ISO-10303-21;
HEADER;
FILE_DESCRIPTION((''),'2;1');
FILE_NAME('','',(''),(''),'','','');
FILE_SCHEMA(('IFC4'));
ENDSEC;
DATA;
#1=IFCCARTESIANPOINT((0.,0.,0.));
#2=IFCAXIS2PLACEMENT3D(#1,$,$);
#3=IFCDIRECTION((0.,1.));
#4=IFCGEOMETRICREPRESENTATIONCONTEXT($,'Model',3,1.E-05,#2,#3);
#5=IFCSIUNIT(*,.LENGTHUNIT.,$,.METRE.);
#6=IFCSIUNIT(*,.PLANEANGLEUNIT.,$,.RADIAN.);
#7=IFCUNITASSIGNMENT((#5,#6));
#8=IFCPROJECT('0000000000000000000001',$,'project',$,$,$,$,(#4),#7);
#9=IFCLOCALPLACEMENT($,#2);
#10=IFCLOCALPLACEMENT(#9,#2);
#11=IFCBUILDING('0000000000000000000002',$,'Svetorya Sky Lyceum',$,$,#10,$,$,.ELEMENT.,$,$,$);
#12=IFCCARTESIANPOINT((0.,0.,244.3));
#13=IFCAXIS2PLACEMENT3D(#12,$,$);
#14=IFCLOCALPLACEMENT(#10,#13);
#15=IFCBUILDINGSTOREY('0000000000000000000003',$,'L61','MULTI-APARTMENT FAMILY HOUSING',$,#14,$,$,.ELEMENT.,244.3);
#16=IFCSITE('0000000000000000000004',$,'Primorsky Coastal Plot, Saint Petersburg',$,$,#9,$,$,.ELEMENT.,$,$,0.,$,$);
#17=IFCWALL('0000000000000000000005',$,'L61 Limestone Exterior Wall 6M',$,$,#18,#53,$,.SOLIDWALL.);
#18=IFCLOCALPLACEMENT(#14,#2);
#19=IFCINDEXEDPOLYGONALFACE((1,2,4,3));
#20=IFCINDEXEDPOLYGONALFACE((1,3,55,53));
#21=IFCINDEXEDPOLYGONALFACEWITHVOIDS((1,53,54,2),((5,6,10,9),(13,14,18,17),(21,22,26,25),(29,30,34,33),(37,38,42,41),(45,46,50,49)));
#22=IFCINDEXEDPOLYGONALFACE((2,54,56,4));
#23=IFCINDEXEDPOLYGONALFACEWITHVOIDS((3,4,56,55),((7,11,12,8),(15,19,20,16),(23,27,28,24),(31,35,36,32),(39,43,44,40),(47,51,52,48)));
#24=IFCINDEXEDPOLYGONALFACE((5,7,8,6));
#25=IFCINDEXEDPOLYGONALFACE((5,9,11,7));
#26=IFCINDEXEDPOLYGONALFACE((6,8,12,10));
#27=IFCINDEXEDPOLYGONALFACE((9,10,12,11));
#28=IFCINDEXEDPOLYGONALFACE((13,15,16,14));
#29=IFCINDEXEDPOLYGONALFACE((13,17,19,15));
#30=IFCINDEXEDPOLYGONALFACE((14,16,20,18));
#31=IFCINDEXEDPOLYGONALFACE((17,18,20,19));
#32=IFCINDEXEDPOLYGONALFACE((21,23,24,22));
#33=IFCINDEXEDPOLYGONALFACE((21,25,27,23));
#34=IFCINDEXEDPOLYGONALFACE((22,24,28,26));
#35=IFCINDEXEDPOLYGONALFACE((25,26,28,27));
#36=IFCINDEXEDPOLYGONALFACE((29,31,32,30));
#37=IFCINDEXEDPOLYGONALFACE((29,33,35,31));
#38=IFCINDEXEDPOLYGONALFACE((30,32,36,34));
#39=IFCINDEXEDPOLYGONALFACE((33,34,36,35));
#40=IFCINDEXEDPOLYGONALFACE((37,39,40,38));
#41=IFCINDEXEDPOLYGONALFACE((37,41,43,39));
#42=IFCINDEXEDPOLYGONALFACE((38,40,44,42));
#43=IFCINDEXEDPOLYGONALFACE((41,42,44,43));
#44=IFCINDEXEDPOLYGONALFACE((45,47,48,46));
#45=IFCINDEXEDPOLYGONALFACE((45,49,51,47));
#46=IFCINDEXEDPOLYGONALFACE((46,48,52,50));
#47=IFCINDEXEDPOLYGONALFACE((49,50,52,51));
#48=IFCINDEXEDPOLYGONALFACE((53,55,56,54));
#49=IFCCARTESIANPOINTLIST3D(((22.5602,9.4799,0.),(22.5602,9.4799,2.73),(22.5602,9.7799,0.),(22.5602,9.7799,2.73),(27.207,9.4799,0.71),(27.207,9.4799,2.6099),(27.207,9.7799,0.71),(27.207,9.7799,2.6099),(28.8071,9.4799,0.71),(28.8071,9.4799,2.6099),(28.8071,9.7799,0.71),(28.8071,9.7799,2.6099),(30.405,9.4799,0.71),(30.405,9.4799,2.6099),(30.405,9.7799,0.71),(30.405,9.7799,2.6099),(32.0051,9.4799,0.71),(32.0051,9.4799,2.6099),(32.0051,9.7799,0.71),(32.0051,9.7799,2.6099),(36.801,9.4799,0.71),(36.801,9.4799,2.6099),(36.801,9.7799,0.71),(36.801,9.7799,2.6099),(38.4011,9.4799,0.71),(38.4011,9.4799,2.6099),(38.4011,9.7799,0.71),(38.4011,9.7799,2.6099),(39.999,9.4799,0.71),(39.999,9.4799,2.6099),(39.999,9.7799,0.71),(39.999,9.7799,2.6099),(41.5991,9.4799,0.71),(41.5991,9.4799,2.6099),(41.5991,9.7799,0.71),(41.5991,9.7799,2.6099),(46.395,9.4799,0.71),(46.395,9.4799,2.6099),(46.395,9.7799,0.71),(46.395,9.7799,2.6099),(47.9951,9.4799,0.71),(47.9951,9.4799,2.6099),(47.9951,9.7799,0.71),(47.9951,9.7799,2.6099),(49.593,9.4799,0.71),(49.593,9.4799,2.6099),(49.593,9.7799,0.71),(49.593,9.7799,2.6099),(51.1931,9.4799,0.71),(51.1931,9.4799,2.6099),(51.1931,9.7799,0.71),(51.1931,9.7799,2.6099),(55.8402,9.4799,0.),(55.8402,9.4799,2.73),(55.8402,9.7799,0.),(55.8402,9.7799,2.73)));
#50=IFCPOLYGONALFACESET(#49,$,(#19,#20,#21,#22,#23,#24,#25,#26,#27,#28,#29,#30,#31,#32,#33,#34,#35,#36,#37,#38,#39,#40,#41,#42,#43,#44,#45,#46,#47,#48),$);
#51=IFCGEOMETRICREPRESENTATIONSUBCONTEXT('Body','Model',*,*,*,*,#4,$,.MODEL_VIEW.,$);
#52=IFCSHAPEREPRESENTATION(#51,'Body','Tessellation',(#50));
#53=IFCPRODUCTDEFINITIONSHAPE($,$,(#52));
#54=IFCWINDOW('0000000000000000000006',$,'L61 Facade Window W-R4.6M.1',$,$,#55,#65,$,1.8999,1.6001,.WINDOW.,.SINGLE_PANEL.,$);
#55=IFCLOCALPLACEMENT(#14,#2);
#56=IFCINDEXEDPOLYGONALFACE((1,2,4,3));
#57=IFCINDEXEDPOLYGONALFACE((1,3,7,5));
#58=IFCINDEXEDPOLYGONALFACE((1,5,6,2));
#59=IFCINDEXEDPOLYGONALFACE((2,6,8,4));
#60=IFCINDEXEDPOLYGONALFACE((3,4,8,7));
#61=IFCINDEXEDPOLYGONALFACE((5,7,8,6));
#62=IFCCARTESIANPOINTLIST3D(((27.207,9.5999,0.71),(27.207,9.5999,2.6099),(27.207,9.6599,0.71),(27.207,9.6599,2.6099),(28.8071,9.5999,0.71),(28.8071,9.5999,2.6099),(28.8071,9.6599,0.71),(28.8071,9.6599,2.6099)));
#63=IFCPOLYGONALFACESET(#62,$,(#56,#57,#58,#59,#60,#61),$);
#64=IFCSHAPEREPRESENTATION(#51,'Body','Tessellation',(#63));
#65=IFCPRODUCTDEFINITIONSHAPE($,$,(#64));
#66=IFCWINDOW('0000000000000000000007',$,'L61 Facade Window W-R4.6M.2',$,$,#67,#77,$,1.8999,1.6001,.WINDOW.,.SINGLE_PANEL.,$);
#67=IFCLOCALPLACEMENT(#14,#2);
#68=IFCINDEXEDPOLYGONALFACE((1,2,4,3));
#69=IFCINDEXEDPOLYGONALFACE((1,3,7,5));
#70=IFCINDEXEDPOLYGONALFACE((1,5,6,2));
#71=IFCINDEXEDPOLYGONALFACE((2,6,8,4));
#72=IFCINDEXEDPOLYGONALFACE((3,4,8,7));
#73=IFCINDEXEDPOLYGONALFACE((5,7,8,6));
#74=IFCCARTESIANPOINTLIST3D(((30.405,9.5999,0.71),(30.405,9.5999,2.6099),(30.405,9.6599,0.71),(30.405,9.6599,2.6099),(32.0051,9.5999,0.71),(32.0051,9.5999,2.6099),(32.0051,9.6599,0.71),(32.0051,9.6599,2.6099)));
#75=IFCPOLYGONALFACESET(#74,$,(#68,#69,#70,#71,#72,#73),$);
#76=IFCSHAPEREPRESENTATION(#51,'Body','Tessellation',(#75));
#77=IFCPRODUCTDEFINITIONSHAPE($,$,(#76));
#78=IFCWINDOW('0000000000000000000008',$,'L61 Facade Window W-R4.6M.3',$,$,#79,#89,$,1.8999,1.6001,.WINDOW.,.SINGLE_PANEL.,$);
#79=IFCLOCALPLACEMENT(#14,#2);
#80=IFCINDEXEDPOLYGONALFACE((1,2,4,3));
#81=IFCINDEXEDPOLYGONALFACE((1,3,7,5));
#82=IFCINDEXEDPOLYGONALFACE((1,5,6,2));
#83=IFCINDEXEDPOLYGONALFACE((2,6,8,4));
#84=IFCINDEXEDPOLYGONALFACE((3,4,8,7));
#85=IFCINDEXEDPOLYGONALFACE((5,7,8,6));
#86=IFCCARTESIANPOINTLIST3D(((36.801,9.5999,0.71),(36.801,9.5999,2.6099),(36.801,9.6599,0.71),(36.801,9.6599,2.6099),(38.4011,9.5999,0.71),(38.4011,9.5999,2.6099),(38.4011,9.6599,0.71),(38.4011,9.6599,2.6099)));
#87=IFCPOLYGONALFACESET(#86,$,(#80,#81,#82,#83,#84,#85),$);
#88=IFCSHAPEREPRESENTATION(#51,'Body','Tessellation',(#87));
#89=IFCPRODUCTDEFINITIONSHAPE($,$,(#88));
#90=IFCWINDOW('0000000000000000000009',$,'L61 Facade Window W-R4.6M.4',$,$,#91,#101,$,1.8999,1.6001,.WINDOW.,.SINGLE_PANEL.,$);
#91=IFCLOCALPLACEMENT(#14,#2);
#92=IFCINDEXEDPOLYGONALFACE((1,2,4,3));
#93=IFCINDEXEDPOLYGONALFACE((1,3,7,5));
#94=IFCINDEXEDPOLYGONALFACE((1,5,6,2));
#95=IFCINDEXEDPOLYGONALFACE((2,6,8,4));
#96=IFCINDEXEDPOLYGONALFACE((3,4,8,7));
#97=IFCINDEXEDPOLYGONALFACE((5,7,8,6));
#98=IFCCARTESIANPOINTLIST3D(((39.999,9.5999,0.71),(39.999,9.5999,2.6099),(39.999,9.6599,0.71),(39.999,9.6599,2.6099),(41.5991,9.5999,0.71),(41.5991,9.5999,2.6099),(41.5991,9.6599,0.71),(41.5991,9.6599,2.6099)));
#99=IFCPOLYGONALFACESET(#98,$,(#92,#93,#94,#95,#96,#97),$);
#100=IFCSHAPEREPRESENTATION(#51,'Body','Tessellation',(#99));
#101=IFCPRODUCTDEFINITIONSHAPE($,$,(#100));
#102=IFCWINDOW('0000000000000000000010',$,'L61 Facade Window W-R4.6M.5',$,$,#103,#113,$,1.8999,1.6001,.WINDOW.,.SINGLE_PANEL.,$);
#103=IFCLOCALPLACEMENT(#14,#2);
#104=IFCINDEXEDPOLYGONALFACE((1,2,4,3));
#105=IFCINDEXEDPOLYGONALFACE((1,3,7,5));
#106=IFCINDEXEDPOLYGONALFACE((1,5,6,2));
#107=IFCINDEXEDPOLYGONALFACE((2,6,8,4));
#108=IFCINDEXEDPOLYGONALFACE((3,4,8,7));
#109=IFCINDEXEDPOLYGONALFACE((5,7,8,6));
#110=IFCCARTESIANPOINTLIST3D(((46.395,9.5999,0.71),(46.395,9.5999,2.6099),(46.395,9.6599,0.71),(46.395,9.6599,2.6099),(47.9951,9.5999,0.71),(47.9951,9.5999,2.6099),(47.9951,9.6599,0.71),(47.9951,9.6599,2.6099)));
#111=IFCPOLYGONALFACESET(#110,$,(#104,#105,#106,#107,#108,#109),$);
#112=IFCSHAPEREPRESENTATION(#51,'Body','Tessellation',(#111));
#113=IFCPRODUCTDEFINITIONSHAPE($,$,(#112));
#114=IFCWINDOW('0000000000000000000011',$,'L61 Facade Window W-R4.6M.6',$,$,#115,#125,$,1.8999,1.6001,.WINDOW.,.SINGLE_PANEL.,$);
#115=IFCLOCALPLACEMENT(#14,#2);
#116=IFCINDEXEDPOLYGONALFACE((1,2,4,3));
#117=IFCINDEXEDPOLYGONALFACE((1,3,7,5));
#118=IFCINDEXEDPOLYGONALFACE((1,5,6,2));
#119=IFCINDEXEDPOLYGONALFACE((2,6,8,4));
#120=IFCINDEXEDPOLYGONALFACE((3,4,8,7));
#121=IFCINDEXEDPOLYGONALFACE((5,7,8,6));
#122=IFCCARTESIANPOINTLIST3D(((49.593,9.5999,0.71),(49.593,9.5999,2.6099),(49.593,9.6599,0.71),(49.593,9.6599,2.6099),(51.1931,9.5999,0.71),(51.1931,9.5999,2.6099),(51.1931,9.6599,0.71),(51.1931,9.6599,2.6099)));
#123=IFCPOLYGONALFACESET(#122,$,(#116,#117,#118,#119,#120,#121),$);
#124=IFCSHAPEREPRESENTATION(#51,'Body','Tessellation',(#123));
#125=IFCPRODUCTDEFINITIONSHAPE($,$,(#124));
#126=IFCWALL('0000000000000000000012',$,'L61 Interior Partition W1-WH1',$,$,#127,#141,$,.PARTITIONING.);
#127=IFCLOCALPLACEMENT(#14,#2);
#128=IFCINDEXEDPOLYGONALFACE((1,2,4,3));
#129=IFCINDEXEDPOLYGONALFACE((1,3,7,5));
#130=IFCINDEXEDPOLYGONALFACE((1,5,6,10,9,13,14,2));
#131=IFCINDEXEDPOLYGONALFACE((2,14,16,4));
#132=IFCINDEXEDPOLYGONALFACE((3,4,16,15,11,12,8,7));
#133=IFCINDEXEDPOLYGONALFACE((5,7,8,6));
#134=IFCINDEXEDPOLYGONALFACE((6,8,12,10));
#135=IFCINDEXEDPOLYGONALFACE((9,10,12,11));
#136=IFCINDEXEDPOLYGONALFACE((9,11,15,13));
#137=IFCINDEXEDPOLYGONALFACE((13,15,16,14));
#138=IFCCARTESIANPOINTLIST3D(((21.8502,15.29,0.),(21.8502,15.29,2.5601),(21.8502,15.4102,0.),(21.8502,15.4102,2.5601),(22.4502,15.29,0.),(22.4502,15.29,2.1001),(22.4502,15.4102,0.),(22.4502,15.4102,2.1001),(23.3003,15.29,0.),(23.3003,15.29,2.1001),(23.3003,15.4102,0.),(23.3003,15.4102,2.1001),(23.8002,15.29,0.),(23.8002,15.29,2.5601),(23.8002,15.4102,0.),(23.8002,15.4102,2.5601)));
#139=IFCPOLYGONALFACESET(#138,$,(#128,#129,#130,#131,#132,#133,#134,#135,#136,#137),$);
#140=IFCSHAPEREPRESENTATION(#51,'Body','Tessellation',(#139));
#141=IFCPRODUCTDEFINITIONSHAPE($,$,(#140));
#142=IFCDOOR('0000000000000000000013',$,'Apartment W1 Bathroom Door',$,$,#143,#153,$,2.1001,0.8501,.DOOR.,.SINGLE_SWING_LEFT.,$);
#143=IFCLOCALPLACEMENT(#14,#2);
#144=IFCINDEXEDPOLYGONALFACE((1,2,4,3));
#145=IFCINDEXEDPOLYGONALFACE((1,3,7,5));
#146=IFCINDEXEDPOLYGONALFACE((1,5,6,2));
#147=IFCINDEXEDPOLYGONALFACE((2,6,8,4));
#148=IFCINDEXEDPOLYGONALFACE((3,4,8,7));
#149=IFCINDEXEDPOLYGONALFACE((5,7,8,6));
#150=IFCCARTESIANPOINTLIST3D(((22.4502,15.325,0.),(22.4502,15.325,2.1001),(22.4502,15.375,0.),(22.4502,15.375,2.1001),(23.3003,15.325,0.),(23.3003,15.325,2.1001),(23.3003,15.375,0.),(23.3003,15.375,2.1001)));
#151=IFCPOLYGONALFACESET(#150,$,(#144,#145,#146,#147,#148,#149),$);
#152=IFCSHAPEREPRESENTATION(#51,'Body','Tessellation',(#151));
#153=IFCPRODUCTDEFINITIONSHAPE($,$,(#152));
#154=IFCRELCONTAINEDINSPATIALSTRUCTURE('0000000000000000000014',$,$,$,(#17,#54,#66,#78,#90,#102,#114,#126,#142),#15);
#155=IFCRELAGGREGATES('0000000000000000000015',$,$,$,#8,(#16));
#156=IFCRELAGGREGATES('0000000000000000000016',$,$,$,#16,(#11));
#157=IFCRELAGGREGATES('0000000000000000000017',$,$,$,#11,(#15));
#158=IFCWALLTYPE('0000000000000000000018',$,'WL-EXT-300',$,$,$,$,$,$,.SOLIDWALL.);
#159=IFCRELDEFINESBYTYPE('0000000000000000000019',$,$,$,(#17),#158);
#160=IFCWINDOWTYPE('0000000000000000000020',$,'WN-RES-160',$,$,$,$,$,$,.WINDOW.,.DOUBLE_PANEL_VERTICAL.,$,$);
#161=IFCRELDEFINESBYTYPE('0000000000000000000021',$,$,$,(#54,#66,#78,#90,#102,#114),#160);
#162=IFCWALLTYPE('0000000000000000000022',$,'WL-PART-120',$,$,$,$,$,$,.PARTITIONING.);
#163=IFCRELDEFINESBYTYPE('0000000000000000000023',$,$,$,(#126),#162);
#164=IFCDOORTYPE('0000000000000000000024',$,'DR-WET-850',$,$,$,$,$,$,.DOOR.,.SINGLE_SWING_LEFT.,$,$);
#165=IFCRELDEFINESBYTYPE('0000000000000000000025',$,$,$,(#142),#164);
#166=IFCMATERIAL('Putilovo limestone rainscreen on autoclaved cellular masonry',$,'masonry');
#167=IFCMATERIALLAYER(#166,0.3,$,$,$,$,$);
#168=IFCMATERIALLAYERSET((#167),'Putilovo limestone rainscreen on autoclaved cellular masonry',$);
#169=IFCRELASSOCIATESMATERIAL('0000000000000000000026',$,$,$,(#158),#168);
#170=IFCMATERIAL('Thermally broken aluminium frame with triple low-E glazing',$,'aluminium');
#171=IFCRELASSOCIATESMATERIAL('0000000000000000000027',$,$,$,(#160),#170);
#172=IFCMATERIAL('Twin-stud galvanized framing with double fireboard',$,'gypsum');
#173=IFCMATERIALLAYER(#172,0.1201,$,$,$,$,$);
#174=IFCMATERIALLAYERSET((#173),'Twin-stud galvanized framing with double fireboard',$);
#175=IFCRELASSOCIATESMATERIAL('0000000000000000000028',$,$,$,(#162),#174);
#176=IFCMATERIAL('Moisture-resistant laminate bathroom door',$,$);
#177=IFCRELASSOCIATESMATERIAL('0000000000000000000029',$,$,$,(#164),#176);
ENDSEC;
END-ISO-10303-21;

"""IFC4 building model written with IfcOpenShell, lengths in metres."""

from ifc_helpers import new_model, si_unit, direction, frame, frame_2d, origin, place, context, subcontext, project, spatial, rectangle, extrude, material, layer, layer_set, type_object, element, fill, save


model = new_model("IFC4")

# Units and contexts
model_context = context("Model", 3, precision=1e-05, world=origin(), true_north=direction((0.0, 1.0)))
body_context = subcontext(model_context, "Body", "Model", "MODEL_VIEW")
ifc_project = project(units=[si_unit("LENGTHUNIT", "METRE"), si_unit("PLANEANGLEUNIT", "RADIAN")], contexts=[model_context])

# Site, building, storey
site_placement = place(None, origin())
site = spatial("IfcSite", under=ifc_project, at=site_placement, Name="Primorsky Coastal Plot, Saint Petersburg", CompositionType="ELEMENT", RefElevation=0.0)
building_placement = place(site_placement, origin())
building = spatial("IfcBuilding", under=site, at=building_placement, Name="Svetorya Sky Lyceum", CompositionType="ELEMENT")
storey_placement = place(building_placement, frame((0.0, 0.0, 244.3)))
storey = spatial("IfcBuildingStorey", under=building, at=storey_placement, Name="L61", Description="MULTI-APARTMENT FAMILY HOUSING", CompositionType="ELEMENT", Elevation=244.3)

# Shared definitions
ifc_material_1 = material(Name="Putilovo limestone rainscreen on autoclaved cellular masonry", Category="masonry")
ifc_layer_1 = layer(ifc_material_1, 0.3)
ifc_layer_set_1 = layer_set([ifc_layer_1], Name="Putilovo limestone rainscreen on autoclaved cellular masonry")
wall_type_1 = type_object("IfcWallType", Name="WL-EXT-300", PredefinedType="SOLIDWALL", material=ifc_layer_set_1)

# Wall, openings, windows
wall_1_placement = place(storey_placement, frame((22.5601, 9.6299, 0.0), z_axis=(0.0, 0.0, 1.0), x_axis=(1.0, 0.0, 0.0)))
wall_1 = element("IfcWall", 1, at=wall_1_placement, inside=storey, type_object=wall_type_1, Name="L61 Limestone Exterior Wall 6M", PredefinedType="SOLIDWALL", context=body_context, shape_type="SweptSolid", body=[
    extrude(rectangle(XDim=33.28, YDim=0.3, at=frame_2d((16.6401, 0.0))), origin(), (0.0, 0.0, 1.0), 2.73),
])
opening_1_placement = place(wall_1_placement, frame((4.647, 0.0, 0.71)))
opening_1 = element("IfcOpeningElement", 2, at=opening_1_placement, cuts=wall_1, PredefinedType="OPENING", context=body_context, shape_type="SweptSolid", body=[
    extrude(rectangle(XDim=1.6001, YDim=1.8999, at=frame_2d((0.8, 0.95))), frame((0.0, 0.1599, 0.0), z_axis=(0.0, -1.0, 0.0), x_axis=(1.0, 0.0, 0.0)), (0.0, 0.0, 1.0), 0.3201),
])
opening_2_placement = place(wall_1_placement, frame((7.845, 0.0, 0.71)))
opening_2 = element("IfcOpeningElement", 3, at=opening_2_placement, cuts=wall_1, PredefinedType="OPENING", context=body_context, shape_type="SweptSolid", body=[
    extrude(rectangle(XDim=1.6001, YDim=1.8999, at=frame_2d((0.8, 0.95))), frame((0.0, 0.1599, 0.0), z_axis=(0.0, -1.0, 0.0), x_axis=(1.0, 0.0, 0.0)), (0.0, 0.0, 1.0), 0.3201),
])
opening_3_placement = place(wall_1_placement, frame((14.241, 0.0, 0.71)))
opening_3 = element("IfcOpeningElement", 4, at=opening_3_placement, cuts=wall_1, PredefinedType="OPENING", context=body_context, shape_type="SweptSolid", body=[
    extrude(rectangle(XDim=1.6001, YDim=1.8999, at=frame_2d((0.8, 0.95))), frame((0.0, 0.1599, 0.0), z_axis=(0.0, -1.0, 0.0), x_axis=(1.0, 0.0, 0.0)), (0.0, 0.0, 1.0), 0.3201),
])
opening_4_placement = place(wall_1_placement, frame((17.439, 0.0, 0.71)))
opening_4 = element("IfcOpeningElement", 5, at=opening_4_placement, cuts=wall_1, PredefinedType="OPENING", context=body_context, shape_type="SweptSolid", body=[
    extrude(rectangle(XDim=1.6001, YDim=1.8999, at=frame_2d((0.8, 0.95))), frame((0.0, 0.1599, 0.0), z_axis=(0.0, -1.0, 0.0), x_axis=(1.0, 0.0, 0.0)), (0.0, 0.0, 1.0), 0.3201),
])
opening_5_placement = place(wall_1_placement, frame((23.835, 0.0, 0.71)))
opening_5 = element("IfcOpeningElement", 6, at=opening_5_placement, cuts=wall_1, PredefinedType="OPENING", context=body_context, shape_type="SweptSolid", body=[
    extrude(rectangle(XDim=1.6001, YDim=1.8999, at=frame_2d((0.8, 0.95))), frame((0.0, 0.1599, 0.0), z_axis=(0.0, -1.0, 0.0), x_axis=(1.0, 0.0, 0.0)), (0.0, 0.0, 1.0), 0.3201),
])
opening_6_placement = place(wall_1_placement, frame((27.033, 0.0, 0.71)))
opening_6 = element("IfcOpeningElement", 7, at=opening_6_placement, cuts=wall_1, PredefinedType="OPENING", context=body_context, shape_type="SweptSolid", body=[
    extrude(rectangle(XDim=1.6001, YDim=1.8999, at=frame_2d((0.8, 0.95))), frame((0.0, 0.1599, 0.0), z_axis=(0.0, -1.0, 0.0), x_axis=(1.0, 0.0, 0.0)), (0.0, 0.0, 1.0), 0.3201),
])
ifc_material_2 = material(Name="Thermally broken aluminium frame with triple low-E glazing", Category="aluminium")
window_type = type_object("IfcWindowType", Name="WN-RES-160", PartitioningType="DOUBLE_PANEL_VERTICAL", PredefinedType="WINDOW", material=ifc_material_2)
window_1_placement = place(opening_1_placement, origin())
window_1 = element("IfcWindow", 8, at=window_1_placement, inside=storey, type_object=window_type, Name="L61 Facade Window W-R4.6M.1", OverallHeight=1.8999, OverallWidth=1.6001, PartitioningType="SINGLE_PANEL", PredefinedType="WINDOW", context=body_context, shape_type="SweptSolid", body=[
    extrude(rectangle(XDim=1.6001, YDim=1.8999, at=frame_2d((0.8, 0.95))), frame((0.0, 0.03, 0.0), z_axis=(0.0, -1.0, 0.0), x_axis=(1.0, 0.0, 0.0)), (0.0, 0.0, 1.0), 0.0601),
])
fill(opening_1, window_1)
window_2_placement = place(opening_2_placement, origin())
window_2 = element("IfcWindow", 9, at=window_2_placement, inside=storey, type_object=window_type, Name="L61 Facade Window W-R4.6M.2", OverallHeight=1.8999, OverallWidth=1.6001, PartitioningType="SINGLE_PANEL", PredefinedType="WINDOW", context=body_context, shape_type="SweptSolid", body=[
    extrude(rectangle(XDim=1.6001, YDim=1.8999, at=frame_2d((0.8, 0.95))), frame((0.0, 0.03, 0.0), z_axis=(0.0, -1.0, 0.0), x_axis=(1.0, 0.0, 0.0)), (0.0, 0.0, 1.0), 0.0601),
])
fill(opening_2, window_2)
window_3_placement = place(opening_3_placement, origin())
window_3 = element("IfcWindow", 10, at=window_3_placement, inside=storey, type_object=window_type, Name="L61 Facade Window W-R4.6M.3", OverallHeight=1.8999, OverallWidth=1.6001, PartitioningType="SINGLE_PANEL", PredefinedType="WINDOW", context=body_context, shape_type="SweptSolid", body=[
    extrude(rectangle(XDim=1.6001, YDim=1.8999, at=frame_2d((0.8, 0.95))), frame((0.0, 0.03, 0.0), z_axis=(0.0, -1.0, 0.0), x_axis=(1.0, 0.0, 0.0)), (0.0, 0.0, 1.0), 0.0601),
])
fill(opening_3, window_3)
window_4_placement = place(opening_4_placement, origin())
window_4 = element("IfcWindow", 11, at=window_4_placement, inside=storey, type_object=window_type, Name="L61 Facade Window W-R4.6M.4", OverallHeight=1.8999, OverallWidth=1.6001, PartitioningType="SINGLE_PANEL", PredefinedType="WINDOW", context=body_context, shape_type="SweptSolid", body=[
    extrude(rectangle(XDim=1.6001, YDim=1.8999, at=frame_2d((0.8, 0.95))), frame((0.0, 0.03, 0.0), z_axis=(0.0, -1.0, 0.0), x_axis=(1.0, 0.0, 0.0)), (0.0, 0.0, 1.0), 0.0601),
])
fill(opening_4, window_4)
window_5_placement = place(opening_5_placement, origin())
window_5 = element("IfcWindow", 12, at=window_5_placement, inside=storey, type_object=window_type, Name="L61 Facade Window W-R4.6M.5", OverallHeight=1.8999, OverallWidth=1.6001, PartitioningType="SINGLE_PANEL", PredefinedType="WINDOW", context=body_context, shape_type="SweptSolid", body=[
    extrude(rectangle(XDim=1.6001, YDim=1.8999, at=frame_2d((0.8, 0.95))), frame((0.0, 0.03, 0.0), z_axis=(0.0, -1.0, 0.0), x_axis=(1.0, 0.0, 0.0)), (0.0, 0.0, 1.0), 0.0601),
])
fill(opening_5, window_5)
window_6_placement = place(opening_6_placement, origin())
window_6 = element("IfcWindow", 13, at=window_6_placement, inside=storey, type_object=window_type, Name="L61 Facade Window W-R4.6M.6", OverallHeight=1.8999, OverallWidth=1.6001, PartitioningType="SINGLE_PANEL", PredefinedType="WINDOW", context=body_context, shape_type="SweptSolid", body=[
    extrude(rectangle(XDim=1.6001, YDim=1.8999, at=frame_2d((0.8, 0.95))), frame((0.0, 0.03, 0.0), z_axis=(0.0, -1.0, 0.0), x_axis=(1.0, 0.0, 0.0)), (0.0, 0.0, 1.0), 0.0601),
])
fill(opening_6, window_6)

# Wall, opening, door
ifc_material_3 = material(Name="Twin-stud galvanized framing with double fireboard", Category="gypsum")
ifc_layer_2 = layer(ifc_material_3, 0.1201)
ifc_layer_set_2 = layer_set([ifc_layer_2], Name="Twin-stud galvanized framing with double fireboard")
wall_type_2 = type_object("IfcWallType", Name="WL-PART-120", PredefinedType="PARTITIONING", material=ifc_layer_set_2)
wall_2_placement = place(storey_placement, frame((21.8501, 15.3501, 0.0), z_axis=(0.0, 0.0, 1.0), x_axis=(1.0, 0.0, 0.0)))
wall_2 = element("IfcWall", 14, at=wall_2_placement, inside=storey, type_object=wall_type_2, Name="L61 Interior Partition W1-WH1", PredefinedType="PARTITIONING", context=body_context, shape_type="SweptSolid", body=[
    extrude(rectangle(XDim=1.95, YDim=0.1201, at=frame_2d((0.9751, 0.0))), origin(), (0.0, 0.0, 1.0), 2.5601),
])
opening_7_placement = place(wall_2_placement, frame((0.6001, 0.0, 0.0)))
opening_7 = element("IfcOpeningElement", 15, at=opening_7_placement, cuts=wall_2, PredefinedType="OPENING", context=body_context, shape_type="SweptSolid", body=[
    extrude(rectangle(XDim=0.8501, YDim=2.1001, at=frame_2d((0.425, 1.05))), frame((0.0, 0.0701, 0.0), z_axis=(0.0, -1.0, 0.0), x_axis=(1.0, 0.0, 0.0)), (0.0, 0.0, 1.0), 0.1401),
])
ifc_material_4 = material(Name="Moisture-resistant laminate bathroom door")
door_type_1 = type_object("IfcDoorType", Name="DR-WET-850", OperationType="SINGLE_SWING_LEFT", PredefinedType="DOOR", material=ifc_material_4)
door_1_placement = place(opening_7_placement, origin())
door_1 = element("IfcDoor", 16, at=door_1_placement, inside=storey, type_object=door_type_1, Name="Apartment W1 Bathroom Door", OperationType="SINGLE_SWING_LEFT", OverallHeight=2.1001, OverallWidth=0.8501, PredefinedType="DOOR", context=body_context, shape_type="SweptSolid", body=[
    extrude(rectangle(XDim=0.8501, YDim=2.1001, at=frame_2d((0.425, 1.05))), frame((0.0, 0.0249, 0.0), z_axis=(0.0, -1.0, 0.0), x_axis=(1.0, 0.0, 0.0)), (0.0, 0.0, 1.0), 0.05),
])
fill(opening_7, door_1)

save(model, "model.ifc")
